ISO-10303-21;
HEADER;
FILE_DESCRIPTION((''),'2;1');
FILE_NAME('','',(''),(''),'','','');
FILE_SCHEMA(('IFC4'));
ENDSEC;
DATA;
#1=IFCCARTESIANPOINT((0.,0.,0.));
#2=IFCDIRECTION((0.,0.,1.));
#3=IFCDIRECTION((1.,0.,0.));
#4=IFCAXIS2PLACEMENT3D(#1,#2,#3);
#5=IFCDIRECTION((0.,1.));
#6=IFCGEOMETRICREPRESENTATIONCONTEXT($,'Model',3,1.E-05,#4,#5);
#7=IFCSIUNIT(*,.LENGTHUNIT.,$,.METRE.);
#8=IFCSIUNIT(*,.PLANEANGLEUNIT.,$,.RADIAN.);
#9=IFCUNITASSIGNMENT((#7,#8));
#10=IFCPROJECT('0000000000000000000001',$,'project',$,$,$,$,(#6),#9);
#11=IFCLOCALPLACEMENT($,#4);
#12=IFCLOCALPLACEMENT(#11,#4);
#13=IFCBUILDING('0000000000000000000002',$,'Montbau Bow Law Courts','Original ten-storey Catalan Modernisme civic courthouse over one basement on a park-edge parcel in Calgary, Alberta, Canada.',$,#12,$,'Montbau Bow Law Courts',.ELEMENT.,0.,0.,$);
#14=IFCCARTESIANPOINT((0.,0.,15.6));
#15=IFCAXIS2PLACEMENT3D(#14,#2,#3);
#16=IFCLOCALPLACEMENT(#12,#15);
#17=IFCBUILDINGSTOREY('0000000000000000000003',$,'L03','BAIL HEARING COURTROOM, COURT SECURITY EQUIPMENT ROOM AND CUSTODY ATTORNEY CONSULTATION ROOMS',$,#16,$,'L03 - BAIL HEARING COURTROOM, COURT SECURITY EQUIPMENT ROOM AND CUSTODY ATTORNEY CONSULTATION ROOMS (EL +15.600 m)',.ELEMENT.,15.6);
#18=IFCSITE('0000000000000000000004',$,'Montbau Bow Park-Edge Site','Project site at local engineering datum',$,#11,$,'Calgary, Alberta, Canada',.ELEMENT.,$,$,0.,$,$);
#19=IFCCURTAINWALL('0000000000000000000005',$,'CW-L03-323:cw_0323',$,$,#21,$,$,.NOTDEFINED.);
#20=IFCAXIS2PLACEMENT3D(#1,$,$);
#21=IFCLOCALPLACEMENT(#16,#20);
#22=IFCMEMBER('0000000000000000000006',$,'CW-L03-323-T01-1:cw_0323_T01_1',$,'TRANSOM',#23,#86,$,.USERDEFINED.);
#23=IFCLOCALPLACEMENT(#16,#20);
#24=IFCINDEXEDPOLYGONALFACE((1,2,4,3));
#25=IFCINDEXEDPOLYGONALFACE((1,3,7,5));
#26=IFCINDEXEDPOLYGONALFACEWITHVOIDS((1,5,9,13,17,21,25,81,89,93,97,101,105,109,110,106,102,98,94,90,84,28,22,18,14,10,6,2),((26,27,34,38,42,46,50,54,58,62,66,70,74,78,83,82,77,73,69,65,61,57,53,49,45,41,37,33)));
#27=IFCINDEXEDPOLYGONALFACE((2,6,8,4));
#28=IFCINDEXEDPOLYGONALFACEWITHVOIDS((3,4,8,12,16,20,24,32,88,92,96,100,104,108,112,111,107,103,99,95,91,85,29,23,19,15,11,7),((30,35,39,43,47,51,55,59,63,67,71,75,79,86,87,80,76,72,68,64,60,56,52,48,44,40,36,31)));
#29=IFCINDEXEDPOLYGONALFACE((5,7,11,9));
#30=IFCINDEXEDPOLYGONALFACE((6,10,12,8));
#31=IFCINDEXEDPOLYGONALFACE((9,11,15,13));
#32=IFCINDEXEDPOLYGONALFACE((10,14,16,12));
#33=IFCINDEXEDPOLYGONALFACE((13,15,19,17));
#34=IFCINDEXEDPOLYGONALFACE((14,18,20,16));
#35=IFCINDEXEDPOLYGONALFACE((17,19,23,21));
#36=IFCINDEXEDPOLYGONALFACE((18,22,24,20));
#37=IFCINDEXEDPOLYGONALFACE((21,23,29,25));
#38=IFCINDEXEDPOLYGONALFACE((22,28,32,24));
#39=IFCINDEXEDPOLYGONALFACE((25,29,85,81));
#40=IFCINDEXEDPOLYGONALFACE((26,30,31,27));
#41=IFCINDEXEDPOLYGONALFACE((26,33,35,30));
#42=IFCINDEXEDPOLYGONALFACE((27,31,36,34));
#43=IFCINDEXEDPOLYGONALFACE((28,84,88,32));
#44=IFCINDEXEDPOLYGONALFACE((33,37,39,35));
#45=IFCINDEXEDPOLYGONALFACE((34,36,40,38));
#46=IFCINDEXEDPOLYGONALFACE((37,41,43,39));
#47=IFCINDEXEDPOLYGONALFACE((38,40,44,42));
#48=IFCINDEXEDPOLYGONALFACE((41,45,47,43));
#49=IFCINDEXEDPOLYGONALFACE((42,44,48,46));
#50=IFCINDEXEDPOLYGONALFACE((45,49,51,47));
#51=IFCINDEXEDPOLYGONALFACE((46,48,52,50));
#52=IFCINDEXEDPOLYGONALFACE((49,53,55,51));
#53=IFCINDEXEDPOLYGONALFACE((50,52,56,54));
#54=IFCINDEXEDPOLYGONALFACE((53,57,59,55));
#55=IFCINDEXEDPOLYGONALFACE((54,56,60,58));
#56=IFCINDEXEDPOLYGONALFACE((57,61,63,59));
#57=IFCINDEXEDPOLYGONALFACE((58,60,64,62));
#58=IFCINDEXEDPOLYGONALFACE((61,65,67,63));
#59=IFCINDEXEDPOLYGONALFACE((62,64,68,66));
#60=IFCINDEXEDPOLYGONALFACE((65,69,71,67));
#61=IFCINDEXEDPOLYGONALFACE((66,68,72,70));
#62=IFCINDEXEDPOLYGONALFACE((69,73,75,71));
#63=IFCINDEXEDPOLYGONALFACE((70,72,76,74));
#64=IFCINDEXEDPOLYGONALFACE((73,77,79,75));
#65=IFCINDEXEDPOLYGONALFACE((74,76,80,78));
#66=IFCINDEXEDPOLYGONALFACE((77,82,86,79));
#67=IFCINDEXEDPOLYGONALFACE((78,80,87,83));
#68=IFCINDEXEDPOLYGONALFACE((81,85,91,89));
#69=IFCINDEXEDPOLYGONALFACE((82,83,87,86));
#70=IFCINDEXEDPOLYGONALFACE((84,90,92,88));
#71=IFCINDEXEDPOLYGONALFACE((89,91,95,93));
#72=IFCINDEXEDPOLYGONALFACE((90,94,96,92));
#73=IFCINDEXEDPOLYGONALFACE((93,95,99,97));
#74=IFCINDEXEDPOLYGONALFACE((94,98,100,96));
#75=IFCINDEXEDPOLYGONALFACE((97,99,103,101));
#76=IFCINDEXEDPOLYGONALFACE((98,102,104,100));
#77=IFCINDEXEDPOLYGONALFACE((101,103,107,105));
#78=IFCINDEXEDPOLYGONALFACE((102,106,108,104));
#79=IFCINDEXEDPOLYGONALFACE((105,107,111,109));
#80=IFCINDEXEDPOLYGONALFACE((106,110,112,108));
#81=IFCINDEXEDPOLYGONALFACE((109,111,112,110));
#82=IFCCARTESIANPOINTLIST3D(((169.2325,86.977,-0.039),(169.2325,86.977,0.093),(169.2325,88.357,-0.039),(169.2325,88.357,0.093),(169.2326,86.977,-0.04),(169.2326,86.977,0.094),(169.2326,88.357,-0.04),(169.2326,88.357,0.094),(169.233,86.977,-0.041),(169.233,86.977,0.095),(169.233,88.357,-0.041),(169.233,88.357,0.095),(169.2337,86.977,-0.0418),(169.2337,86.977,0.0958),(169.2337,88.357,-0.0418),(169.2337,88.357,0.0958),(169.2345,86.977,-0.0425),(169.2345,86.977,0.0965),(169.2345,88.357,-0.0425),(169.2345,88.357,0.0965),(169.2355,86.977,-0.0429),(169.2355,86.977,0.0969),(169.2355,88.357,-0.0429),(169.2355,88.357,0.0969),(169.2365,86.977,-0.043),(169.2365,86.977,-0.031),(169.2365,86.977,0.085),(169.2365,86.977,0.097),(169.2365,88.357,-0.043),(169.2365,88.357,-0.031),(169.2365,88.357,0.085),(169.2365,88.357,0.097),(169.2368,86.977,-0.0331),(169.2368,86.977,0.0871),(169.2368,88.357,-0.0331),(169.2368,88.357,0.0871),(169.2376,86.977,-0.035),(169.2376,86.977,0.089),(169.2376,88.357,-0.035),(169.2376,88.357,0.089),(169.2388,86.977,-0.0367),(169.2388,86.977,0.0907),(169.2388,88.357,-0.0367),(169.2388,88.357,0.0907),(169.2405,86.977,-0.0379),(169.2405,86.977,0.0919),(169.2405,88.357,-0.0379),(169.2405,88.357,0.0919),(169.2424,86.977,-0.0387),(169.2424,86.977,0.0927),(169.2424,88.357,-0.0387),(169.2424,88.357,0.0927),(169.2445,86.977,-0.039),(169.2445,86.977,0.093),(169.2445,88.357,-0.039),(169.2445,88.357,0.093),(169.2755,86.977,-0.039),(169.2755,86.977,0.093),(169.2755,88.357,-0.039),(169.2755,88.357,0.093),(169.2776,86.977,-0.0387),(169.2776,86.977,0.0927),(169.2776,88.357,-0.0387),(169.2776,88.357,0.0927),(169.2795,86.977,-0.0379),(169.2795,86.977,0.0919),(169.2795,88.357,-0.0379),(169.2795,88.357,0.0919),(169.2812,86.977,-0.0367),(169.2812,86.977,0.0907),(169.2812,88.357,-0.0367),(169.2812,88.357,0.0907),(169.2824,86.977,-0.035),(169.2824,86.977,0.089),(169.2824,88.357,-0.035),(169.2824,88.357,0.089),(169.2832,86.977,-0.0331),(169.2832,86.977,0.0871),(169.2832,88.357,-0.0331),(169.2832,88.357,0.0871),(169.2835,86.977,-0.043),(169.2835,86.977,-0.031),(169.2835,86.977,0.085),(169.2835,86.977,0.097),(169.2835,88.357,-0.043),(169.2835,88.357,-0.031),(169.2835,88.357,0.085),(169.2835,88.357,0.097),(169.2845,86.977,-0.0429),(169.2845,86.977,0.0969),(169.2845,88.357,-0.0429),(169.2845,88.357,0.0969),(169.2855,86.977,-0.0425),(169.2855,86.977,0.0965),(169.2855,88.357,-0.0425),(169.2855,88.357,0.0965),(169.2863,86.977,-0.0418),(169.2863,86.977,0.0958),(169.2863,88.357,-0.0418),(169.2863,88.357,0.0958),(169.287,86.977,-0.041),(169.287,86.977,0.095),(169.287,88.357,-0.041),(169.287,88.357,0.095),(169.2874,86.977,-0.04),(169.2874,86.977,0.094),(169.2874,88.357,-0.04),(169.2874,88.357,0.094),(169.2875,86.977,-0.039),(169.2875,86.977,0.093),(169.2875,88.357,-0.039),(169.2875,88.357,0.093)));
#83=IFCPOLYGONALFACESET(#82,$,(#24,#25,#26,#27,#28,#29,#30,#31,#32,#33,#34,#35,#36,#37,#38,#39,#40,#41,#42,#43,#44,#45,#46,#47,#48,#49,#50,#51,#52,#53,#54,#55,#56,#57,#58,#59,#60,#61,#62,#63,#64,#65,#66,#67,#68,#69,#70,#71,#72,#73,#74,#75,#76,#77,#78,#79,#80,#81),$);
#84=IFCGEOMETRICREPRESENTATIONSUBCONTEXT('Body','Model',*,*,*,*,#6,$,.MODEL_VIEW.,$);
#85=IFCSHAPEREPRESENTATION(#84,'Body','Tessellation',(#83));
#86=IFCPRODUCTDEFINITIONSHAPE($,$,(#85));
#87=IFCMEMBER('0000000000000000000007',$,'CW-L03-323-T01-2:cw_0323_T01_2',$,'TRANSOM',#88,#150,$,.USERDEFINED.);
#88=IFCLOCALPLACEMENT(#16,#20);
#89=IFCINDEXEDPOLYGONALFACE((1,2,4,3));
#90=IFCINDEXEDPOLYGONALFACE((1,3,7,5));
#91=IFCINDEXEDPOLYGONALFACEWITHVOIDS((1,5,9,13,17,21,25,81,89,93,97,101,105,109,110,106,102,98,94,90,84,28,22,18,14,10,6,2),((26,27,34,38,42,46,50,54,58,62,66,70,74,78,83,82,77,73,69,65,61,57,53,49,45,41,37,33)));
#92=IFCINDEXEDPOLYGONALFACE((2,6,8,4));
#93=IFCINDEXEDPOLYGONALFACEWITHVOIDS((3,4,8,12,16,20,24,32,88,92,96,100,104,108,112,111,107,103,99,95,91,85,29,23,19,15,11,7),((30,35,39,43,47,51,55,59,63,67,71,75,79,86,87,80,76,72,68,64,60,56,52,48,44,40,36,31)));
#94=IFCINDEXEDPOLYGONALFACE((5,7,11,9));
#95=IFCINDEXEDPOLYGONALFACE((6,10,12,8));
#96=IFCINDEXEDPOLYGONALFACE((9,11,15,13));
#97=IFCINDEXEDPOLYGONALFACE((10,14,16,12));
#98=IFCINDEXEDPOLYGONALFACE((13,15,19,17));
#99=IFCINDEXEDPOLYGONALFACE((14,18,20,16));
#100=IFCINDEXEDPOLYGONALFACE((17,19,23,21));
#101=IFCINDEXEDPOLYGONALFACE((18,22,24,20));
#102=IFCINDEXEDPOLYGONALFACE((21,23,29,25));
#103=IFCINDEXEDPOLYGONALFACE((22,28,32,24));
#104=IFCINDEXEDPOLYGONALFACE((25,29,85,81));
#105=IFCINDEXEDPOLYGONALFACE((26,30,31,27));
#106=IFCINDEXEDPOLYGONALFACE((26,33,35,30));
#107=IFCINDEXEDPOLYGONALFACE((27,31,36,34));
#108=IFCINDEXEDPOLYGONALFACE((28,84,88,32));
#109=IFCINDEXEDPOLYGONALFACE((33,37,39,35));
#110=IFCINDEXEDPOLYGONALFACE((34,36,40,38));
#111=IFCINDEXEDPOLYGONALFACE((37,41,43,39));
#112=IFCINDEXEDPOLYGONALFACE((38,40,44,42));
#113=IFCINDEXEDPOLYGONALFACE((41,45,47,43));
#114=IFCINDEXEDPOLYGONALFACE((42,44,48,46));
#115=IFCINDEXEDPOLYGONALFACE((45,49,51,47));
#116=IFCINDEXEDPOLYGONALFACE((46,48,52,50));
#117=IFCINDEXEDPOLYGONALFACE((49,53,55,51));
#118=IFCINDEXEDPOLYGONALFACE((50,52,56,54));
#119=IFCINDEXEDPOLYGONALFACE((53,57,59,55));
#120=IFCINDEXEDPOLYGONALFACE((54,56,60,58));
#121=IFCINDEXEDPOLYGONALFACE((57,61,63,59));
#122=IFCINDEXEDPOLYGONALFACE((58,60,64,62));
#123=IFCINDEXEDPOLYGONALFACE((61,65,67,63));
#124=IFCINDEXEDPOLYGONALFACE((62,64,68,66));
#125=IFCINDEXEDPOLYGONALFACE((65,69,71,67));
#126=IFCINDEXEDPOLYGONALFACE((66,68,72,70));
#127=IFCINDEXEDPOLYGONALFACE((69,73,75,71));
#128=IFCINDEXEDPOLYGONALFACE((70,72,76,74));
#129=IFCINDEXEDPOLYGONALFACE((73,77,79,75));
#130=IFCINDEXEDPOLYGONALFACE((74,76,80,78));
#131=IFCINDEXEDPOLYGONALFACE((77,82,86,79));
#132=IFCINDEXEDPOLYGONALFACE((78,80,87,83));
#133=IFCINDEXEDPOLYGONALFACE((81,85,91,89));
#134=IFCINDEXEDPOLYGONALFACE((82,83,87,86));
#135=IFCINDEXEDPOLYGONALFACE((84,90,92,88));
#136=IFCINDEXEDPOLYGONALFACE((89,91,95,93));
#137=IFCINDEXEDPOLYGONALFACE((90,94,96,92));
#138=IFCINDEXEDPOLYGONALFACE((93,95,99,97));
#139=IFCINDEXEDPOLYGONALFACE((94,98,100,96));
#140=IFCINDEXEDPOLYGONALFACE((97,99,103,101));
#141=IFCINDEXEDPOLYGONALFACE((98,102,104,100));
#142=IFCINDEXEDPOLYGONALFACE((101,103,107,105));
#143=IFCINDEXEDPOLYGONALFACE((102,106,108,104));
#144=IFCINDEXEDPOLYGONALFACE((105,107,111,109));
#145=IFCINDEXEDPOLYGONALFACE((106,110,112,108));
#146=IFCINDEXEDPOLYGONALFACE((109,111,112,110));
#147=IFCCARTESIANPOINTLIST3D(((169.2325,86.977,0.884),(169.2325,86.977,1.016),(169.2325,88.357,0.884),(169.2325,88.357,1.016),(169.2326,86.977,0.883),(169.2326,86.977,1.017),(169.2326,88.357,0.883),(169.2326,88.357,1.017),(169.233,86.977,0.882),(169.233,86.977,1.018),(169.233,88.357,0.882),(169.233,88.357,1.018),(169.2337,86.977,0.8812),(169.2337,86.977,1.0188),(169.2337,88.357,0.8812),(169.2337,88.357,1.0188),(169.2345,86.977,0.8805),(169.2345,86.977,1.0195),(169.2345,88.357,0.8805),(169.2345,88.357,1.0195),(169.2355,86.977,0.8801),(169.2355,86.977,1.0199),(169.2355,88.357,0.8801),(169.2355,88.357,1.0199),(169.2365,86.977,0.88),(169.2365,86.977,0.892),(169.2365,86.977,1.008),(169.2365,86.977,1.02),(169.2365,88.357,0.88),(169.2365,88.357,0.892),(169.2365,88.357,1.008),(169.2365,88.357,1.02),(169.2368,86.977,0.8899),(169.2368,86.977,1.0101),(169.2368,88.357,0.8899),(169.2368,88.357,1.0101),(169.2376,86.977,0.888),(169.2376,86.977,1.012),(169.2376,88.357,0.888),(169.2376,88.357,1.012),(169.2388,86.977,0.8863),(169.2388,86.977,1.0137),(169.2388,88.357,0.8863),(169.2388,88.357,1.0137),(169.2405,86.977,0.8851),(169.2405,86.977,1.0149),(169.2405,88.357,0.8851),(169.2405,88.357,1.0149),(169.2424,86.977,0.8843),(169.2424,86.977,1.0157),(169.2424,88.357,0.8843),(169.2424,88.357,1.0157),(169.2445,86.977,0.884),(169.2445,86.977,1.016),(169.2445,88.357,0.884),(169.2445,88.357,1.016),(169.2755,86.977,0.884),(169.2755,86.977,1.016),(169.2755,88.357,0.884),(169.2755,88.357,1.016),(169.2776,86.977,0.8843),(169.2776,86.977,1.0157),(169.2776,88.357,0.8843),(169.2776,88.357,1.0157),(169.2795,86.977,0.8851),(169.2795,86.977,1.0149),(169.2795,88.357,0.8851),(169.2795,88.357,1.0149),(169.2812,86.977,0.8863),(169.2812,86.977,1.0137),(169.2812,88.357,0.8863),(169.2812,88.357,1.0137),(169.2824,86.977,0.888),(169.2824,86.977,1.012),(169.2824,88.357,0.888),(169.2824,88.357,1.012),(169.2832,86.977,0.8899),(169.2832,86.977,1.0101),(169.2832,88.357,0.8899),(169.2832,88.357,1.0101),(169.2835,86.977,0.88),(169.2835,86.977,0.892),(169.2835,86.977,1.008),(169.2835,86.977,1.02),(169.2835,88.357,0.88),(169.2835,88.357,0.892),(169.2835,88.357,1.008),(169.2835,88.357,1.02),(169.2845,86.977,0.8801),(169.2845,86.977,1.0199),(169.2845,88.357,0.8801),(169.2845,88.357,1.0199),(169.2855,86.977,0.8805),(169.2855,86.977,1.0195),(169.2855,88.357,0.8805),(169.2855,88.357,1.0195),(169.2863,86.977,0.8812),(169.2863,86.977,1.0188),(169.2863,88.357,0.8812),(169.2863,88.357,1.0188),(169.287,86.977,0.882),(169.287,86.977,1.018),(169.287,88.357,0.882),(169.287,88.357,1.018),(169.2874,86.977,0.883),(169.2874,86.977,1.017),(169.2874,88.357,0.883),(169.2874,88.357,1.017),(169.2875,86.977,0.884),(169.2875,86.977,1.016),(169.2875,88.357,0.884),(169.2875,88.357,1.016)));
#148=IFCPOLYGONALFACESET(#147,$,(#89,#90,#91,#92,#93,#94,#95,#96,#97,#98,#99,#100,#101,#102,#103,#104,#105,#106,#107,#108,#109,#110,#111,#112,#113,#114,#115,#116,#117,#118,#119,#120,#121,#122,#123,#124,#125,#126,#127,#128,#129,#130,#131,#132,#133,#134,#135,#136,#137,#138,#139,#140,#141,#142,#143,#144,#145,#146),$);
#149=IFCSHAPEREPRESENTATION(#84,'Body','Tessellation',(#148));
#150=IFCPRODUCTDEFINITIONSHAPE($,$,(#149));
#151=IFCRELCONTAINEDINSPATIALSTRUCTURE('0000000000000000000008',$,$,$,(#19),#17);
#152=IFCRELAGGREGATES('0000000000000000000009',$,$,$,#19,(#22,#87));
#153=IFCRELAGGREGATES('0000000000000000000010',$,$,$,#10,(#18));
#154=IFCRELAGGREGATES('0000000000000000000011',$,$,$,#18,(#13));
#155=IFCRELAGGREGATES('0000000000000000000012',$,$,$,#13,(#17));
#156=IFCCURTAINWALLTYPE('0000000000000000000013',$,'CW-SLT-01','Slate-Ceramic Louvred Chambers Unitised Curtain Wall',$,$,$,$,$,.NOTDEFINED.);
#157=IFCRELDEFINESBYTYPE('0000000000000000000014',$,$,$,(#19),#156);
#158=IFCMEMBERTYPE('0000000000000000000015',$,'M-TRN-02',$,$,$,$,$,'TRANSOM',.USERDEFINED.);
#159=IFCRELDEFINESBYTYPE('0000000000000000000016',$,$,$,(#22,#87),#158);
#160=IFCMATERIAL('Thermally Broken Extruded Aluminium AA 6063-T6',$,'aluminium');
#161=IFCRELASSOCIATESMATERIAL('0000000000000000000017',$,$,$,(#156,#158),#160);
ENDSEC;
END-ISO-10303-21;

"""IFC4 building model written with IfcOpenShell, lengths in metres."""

from ifc_helpers import new_model, si_unit, direction, frame, origin_with_axes, origin_2d_with_axis, place, context, subcontext, project, spatial, hollow_rectangle, extrude, material, material_profile, profile_set, type_object, element, aggregate, save


model = new_model("IFC4")

# Units and contexts
model_context = context("Model", 3, precision=1e-05, world=origin_with_axes(), true_north=direction((0.0, 1.0)))
body_context = subcontext(model_context, "Body", "Model", "MODEL_VIEW")
ifc_project = project(units=[si_unit("LENGTHUNIT", "METRE"), si_unit("PLANEANGLEUNIT", "RADIAN")], contexts=[model_context])

# Site, building, storey
site_placement = place(None, origin_with_axes())
site = spatial("IfcSite", under=ifc_project, at=site_placement, Name="Montbau Bow Park-Edge Site", Description="Project site at local engineering datum", LongName="Calgary, Alberta, Canada", CompositionType="ELEMENT", RefElevation=0.0)
building_placement = place(site_placement, origin_with_axes())
building = spatial("IfcBuilding", under=site, at=building_placement, Name="Montbau Bow Law Courts", Description="Original ten-storey Catalan Modernisme civic courthouse over one basement on a park-edge parcel in Calgary, Alberta, Canada.", LongName="Montbau Bow Law Courts", CompositionType="ELEMENT", ElevationOfRefHeight=0.0, ElevationOfTerrain=0.0)
storey_placement = place(building_placement, frame((0.0, 0.0, 15.6), z_axis=(0.0, 0.0, 1.0), x_axis=(1.0, 0.0, 0.0)))
storey = spatial("IfcBuildingStorey", under=building, at=storey_placement, Name="L03", Description="BAIL HEARING COURTROOM, COURT SECURITY EQUIPMENT ROOM AND CUSTODY ATTORNEY CONSULTATION ROOMS", LongName="L03 - BAIL HEARING COURTROOM, COURT SECURITY EQUIPMENT ROOM AND CUSTODY ATTORNEY CONSULTATION ROOMS (EL +15.600 m)", CompositionType="ELEMENT", Elevation=15.6)

# Curtain wall
ifc_material_1 = material(Name="Thermally Broken Extruded Aluminium AA 6063-T6", Category="aluminium")
curtain_wall_type = type_object("IfcCurtainWallType", Name="CW-SLT-01", Description="Slate-Ceramic Louvred Chambers Unitised Curtain Wall", PredefinedType="NOTDEFINED", material=ifc_material_1)
curtain_wall_1_placement = place(None, frame((169.26, 86.915, 15.6), z_axis=(0.0, 0.0, 1.0), x_axis=(1.0, 0.0, 0.0)))
curtain_wall_1 = element("IfcCurtainWall", 1, at=curtain_wall_1_placement, inside=storey, type_object=curtain_wall_type, Name="CW-L03-323:cw_0323", PredefinedType="NOTDEFINED")

# Members
ifc_material_profile_1 = material_profile(ifc_material_1, hollow_rectangle(XDim=0.055, YDim=0.14, WallThickness=0.004, InnerFilletRadius=0.008, OuterFilletRadius=0.004, at=origin_2d_with_axis()), Name="CWT-140X55", Category="Main", Priority=0)
ifc_profile_set_1 = profile_set([ifc_material_profile_1], Name="Thermally Broken Extruded Aluminium AA 6063-T6")
member_type_1 = type_object("IfcMemberType", Name="M-TRN-02", ElementType="TRANSOM", PredefinedType="USERDEFINED", material=ifc_profile_set_1)
member_1_placement = place(None, frame((169.26, 86.977, 15.627), z_axis=(0.0, 1.0, 0.0), x_axis=(-1.0, 0.0, 0.0)))
member_1 = element("IfcMember", 2, at=member_1_placement, type_object=member_type_1, Name="CW-L03-323-T01-1:cw_0323_T01_1", ObjectType="TRANSOM", PredefinedType="USERDEFINED", context=body_context, shape_type="SweptSolid", body=[
    extrude(hollow_rectangle(XDim=0.055, YDim=0.14, WallThickness=0.004, InnerFilletRadius=0.008, OuterFilletRadius=0.004, at=origin_2d_with_axis()), origin_with_axes(), (0.0, 0.0, 1.0), 1.38),
])
member_2_placement = place(None, frame((169.26, 86.977, 16.55), z_axis=(0.0, 1.0, 0.0), x_axis=(-1.0, 0.0, 0.0)))
member_2 = element("IfcMember", 3, at=member_2_placement, type_object=member_type_1, Name="CW-L03-323-T01-2:cw_0323_T01_2", ObjectType="TRANSOM", PredefinedType="USERDEFINED", context=body_context, shape_type="SweptSolid", body=[
    extrude(hollow_rectangle(XDim=0.055, YDim=0.14, WallThickness=0.004, InnerFilletRadius=0.008, OuterFilletRadius=0.004, at=origin_2d_with_axis()), origin_with_axes(), (0.0, 0.0, 1.0), 1.38),
])

aggregate(curtain_wall_1, [member_1, member_2])

save(model, "model.ifc")
